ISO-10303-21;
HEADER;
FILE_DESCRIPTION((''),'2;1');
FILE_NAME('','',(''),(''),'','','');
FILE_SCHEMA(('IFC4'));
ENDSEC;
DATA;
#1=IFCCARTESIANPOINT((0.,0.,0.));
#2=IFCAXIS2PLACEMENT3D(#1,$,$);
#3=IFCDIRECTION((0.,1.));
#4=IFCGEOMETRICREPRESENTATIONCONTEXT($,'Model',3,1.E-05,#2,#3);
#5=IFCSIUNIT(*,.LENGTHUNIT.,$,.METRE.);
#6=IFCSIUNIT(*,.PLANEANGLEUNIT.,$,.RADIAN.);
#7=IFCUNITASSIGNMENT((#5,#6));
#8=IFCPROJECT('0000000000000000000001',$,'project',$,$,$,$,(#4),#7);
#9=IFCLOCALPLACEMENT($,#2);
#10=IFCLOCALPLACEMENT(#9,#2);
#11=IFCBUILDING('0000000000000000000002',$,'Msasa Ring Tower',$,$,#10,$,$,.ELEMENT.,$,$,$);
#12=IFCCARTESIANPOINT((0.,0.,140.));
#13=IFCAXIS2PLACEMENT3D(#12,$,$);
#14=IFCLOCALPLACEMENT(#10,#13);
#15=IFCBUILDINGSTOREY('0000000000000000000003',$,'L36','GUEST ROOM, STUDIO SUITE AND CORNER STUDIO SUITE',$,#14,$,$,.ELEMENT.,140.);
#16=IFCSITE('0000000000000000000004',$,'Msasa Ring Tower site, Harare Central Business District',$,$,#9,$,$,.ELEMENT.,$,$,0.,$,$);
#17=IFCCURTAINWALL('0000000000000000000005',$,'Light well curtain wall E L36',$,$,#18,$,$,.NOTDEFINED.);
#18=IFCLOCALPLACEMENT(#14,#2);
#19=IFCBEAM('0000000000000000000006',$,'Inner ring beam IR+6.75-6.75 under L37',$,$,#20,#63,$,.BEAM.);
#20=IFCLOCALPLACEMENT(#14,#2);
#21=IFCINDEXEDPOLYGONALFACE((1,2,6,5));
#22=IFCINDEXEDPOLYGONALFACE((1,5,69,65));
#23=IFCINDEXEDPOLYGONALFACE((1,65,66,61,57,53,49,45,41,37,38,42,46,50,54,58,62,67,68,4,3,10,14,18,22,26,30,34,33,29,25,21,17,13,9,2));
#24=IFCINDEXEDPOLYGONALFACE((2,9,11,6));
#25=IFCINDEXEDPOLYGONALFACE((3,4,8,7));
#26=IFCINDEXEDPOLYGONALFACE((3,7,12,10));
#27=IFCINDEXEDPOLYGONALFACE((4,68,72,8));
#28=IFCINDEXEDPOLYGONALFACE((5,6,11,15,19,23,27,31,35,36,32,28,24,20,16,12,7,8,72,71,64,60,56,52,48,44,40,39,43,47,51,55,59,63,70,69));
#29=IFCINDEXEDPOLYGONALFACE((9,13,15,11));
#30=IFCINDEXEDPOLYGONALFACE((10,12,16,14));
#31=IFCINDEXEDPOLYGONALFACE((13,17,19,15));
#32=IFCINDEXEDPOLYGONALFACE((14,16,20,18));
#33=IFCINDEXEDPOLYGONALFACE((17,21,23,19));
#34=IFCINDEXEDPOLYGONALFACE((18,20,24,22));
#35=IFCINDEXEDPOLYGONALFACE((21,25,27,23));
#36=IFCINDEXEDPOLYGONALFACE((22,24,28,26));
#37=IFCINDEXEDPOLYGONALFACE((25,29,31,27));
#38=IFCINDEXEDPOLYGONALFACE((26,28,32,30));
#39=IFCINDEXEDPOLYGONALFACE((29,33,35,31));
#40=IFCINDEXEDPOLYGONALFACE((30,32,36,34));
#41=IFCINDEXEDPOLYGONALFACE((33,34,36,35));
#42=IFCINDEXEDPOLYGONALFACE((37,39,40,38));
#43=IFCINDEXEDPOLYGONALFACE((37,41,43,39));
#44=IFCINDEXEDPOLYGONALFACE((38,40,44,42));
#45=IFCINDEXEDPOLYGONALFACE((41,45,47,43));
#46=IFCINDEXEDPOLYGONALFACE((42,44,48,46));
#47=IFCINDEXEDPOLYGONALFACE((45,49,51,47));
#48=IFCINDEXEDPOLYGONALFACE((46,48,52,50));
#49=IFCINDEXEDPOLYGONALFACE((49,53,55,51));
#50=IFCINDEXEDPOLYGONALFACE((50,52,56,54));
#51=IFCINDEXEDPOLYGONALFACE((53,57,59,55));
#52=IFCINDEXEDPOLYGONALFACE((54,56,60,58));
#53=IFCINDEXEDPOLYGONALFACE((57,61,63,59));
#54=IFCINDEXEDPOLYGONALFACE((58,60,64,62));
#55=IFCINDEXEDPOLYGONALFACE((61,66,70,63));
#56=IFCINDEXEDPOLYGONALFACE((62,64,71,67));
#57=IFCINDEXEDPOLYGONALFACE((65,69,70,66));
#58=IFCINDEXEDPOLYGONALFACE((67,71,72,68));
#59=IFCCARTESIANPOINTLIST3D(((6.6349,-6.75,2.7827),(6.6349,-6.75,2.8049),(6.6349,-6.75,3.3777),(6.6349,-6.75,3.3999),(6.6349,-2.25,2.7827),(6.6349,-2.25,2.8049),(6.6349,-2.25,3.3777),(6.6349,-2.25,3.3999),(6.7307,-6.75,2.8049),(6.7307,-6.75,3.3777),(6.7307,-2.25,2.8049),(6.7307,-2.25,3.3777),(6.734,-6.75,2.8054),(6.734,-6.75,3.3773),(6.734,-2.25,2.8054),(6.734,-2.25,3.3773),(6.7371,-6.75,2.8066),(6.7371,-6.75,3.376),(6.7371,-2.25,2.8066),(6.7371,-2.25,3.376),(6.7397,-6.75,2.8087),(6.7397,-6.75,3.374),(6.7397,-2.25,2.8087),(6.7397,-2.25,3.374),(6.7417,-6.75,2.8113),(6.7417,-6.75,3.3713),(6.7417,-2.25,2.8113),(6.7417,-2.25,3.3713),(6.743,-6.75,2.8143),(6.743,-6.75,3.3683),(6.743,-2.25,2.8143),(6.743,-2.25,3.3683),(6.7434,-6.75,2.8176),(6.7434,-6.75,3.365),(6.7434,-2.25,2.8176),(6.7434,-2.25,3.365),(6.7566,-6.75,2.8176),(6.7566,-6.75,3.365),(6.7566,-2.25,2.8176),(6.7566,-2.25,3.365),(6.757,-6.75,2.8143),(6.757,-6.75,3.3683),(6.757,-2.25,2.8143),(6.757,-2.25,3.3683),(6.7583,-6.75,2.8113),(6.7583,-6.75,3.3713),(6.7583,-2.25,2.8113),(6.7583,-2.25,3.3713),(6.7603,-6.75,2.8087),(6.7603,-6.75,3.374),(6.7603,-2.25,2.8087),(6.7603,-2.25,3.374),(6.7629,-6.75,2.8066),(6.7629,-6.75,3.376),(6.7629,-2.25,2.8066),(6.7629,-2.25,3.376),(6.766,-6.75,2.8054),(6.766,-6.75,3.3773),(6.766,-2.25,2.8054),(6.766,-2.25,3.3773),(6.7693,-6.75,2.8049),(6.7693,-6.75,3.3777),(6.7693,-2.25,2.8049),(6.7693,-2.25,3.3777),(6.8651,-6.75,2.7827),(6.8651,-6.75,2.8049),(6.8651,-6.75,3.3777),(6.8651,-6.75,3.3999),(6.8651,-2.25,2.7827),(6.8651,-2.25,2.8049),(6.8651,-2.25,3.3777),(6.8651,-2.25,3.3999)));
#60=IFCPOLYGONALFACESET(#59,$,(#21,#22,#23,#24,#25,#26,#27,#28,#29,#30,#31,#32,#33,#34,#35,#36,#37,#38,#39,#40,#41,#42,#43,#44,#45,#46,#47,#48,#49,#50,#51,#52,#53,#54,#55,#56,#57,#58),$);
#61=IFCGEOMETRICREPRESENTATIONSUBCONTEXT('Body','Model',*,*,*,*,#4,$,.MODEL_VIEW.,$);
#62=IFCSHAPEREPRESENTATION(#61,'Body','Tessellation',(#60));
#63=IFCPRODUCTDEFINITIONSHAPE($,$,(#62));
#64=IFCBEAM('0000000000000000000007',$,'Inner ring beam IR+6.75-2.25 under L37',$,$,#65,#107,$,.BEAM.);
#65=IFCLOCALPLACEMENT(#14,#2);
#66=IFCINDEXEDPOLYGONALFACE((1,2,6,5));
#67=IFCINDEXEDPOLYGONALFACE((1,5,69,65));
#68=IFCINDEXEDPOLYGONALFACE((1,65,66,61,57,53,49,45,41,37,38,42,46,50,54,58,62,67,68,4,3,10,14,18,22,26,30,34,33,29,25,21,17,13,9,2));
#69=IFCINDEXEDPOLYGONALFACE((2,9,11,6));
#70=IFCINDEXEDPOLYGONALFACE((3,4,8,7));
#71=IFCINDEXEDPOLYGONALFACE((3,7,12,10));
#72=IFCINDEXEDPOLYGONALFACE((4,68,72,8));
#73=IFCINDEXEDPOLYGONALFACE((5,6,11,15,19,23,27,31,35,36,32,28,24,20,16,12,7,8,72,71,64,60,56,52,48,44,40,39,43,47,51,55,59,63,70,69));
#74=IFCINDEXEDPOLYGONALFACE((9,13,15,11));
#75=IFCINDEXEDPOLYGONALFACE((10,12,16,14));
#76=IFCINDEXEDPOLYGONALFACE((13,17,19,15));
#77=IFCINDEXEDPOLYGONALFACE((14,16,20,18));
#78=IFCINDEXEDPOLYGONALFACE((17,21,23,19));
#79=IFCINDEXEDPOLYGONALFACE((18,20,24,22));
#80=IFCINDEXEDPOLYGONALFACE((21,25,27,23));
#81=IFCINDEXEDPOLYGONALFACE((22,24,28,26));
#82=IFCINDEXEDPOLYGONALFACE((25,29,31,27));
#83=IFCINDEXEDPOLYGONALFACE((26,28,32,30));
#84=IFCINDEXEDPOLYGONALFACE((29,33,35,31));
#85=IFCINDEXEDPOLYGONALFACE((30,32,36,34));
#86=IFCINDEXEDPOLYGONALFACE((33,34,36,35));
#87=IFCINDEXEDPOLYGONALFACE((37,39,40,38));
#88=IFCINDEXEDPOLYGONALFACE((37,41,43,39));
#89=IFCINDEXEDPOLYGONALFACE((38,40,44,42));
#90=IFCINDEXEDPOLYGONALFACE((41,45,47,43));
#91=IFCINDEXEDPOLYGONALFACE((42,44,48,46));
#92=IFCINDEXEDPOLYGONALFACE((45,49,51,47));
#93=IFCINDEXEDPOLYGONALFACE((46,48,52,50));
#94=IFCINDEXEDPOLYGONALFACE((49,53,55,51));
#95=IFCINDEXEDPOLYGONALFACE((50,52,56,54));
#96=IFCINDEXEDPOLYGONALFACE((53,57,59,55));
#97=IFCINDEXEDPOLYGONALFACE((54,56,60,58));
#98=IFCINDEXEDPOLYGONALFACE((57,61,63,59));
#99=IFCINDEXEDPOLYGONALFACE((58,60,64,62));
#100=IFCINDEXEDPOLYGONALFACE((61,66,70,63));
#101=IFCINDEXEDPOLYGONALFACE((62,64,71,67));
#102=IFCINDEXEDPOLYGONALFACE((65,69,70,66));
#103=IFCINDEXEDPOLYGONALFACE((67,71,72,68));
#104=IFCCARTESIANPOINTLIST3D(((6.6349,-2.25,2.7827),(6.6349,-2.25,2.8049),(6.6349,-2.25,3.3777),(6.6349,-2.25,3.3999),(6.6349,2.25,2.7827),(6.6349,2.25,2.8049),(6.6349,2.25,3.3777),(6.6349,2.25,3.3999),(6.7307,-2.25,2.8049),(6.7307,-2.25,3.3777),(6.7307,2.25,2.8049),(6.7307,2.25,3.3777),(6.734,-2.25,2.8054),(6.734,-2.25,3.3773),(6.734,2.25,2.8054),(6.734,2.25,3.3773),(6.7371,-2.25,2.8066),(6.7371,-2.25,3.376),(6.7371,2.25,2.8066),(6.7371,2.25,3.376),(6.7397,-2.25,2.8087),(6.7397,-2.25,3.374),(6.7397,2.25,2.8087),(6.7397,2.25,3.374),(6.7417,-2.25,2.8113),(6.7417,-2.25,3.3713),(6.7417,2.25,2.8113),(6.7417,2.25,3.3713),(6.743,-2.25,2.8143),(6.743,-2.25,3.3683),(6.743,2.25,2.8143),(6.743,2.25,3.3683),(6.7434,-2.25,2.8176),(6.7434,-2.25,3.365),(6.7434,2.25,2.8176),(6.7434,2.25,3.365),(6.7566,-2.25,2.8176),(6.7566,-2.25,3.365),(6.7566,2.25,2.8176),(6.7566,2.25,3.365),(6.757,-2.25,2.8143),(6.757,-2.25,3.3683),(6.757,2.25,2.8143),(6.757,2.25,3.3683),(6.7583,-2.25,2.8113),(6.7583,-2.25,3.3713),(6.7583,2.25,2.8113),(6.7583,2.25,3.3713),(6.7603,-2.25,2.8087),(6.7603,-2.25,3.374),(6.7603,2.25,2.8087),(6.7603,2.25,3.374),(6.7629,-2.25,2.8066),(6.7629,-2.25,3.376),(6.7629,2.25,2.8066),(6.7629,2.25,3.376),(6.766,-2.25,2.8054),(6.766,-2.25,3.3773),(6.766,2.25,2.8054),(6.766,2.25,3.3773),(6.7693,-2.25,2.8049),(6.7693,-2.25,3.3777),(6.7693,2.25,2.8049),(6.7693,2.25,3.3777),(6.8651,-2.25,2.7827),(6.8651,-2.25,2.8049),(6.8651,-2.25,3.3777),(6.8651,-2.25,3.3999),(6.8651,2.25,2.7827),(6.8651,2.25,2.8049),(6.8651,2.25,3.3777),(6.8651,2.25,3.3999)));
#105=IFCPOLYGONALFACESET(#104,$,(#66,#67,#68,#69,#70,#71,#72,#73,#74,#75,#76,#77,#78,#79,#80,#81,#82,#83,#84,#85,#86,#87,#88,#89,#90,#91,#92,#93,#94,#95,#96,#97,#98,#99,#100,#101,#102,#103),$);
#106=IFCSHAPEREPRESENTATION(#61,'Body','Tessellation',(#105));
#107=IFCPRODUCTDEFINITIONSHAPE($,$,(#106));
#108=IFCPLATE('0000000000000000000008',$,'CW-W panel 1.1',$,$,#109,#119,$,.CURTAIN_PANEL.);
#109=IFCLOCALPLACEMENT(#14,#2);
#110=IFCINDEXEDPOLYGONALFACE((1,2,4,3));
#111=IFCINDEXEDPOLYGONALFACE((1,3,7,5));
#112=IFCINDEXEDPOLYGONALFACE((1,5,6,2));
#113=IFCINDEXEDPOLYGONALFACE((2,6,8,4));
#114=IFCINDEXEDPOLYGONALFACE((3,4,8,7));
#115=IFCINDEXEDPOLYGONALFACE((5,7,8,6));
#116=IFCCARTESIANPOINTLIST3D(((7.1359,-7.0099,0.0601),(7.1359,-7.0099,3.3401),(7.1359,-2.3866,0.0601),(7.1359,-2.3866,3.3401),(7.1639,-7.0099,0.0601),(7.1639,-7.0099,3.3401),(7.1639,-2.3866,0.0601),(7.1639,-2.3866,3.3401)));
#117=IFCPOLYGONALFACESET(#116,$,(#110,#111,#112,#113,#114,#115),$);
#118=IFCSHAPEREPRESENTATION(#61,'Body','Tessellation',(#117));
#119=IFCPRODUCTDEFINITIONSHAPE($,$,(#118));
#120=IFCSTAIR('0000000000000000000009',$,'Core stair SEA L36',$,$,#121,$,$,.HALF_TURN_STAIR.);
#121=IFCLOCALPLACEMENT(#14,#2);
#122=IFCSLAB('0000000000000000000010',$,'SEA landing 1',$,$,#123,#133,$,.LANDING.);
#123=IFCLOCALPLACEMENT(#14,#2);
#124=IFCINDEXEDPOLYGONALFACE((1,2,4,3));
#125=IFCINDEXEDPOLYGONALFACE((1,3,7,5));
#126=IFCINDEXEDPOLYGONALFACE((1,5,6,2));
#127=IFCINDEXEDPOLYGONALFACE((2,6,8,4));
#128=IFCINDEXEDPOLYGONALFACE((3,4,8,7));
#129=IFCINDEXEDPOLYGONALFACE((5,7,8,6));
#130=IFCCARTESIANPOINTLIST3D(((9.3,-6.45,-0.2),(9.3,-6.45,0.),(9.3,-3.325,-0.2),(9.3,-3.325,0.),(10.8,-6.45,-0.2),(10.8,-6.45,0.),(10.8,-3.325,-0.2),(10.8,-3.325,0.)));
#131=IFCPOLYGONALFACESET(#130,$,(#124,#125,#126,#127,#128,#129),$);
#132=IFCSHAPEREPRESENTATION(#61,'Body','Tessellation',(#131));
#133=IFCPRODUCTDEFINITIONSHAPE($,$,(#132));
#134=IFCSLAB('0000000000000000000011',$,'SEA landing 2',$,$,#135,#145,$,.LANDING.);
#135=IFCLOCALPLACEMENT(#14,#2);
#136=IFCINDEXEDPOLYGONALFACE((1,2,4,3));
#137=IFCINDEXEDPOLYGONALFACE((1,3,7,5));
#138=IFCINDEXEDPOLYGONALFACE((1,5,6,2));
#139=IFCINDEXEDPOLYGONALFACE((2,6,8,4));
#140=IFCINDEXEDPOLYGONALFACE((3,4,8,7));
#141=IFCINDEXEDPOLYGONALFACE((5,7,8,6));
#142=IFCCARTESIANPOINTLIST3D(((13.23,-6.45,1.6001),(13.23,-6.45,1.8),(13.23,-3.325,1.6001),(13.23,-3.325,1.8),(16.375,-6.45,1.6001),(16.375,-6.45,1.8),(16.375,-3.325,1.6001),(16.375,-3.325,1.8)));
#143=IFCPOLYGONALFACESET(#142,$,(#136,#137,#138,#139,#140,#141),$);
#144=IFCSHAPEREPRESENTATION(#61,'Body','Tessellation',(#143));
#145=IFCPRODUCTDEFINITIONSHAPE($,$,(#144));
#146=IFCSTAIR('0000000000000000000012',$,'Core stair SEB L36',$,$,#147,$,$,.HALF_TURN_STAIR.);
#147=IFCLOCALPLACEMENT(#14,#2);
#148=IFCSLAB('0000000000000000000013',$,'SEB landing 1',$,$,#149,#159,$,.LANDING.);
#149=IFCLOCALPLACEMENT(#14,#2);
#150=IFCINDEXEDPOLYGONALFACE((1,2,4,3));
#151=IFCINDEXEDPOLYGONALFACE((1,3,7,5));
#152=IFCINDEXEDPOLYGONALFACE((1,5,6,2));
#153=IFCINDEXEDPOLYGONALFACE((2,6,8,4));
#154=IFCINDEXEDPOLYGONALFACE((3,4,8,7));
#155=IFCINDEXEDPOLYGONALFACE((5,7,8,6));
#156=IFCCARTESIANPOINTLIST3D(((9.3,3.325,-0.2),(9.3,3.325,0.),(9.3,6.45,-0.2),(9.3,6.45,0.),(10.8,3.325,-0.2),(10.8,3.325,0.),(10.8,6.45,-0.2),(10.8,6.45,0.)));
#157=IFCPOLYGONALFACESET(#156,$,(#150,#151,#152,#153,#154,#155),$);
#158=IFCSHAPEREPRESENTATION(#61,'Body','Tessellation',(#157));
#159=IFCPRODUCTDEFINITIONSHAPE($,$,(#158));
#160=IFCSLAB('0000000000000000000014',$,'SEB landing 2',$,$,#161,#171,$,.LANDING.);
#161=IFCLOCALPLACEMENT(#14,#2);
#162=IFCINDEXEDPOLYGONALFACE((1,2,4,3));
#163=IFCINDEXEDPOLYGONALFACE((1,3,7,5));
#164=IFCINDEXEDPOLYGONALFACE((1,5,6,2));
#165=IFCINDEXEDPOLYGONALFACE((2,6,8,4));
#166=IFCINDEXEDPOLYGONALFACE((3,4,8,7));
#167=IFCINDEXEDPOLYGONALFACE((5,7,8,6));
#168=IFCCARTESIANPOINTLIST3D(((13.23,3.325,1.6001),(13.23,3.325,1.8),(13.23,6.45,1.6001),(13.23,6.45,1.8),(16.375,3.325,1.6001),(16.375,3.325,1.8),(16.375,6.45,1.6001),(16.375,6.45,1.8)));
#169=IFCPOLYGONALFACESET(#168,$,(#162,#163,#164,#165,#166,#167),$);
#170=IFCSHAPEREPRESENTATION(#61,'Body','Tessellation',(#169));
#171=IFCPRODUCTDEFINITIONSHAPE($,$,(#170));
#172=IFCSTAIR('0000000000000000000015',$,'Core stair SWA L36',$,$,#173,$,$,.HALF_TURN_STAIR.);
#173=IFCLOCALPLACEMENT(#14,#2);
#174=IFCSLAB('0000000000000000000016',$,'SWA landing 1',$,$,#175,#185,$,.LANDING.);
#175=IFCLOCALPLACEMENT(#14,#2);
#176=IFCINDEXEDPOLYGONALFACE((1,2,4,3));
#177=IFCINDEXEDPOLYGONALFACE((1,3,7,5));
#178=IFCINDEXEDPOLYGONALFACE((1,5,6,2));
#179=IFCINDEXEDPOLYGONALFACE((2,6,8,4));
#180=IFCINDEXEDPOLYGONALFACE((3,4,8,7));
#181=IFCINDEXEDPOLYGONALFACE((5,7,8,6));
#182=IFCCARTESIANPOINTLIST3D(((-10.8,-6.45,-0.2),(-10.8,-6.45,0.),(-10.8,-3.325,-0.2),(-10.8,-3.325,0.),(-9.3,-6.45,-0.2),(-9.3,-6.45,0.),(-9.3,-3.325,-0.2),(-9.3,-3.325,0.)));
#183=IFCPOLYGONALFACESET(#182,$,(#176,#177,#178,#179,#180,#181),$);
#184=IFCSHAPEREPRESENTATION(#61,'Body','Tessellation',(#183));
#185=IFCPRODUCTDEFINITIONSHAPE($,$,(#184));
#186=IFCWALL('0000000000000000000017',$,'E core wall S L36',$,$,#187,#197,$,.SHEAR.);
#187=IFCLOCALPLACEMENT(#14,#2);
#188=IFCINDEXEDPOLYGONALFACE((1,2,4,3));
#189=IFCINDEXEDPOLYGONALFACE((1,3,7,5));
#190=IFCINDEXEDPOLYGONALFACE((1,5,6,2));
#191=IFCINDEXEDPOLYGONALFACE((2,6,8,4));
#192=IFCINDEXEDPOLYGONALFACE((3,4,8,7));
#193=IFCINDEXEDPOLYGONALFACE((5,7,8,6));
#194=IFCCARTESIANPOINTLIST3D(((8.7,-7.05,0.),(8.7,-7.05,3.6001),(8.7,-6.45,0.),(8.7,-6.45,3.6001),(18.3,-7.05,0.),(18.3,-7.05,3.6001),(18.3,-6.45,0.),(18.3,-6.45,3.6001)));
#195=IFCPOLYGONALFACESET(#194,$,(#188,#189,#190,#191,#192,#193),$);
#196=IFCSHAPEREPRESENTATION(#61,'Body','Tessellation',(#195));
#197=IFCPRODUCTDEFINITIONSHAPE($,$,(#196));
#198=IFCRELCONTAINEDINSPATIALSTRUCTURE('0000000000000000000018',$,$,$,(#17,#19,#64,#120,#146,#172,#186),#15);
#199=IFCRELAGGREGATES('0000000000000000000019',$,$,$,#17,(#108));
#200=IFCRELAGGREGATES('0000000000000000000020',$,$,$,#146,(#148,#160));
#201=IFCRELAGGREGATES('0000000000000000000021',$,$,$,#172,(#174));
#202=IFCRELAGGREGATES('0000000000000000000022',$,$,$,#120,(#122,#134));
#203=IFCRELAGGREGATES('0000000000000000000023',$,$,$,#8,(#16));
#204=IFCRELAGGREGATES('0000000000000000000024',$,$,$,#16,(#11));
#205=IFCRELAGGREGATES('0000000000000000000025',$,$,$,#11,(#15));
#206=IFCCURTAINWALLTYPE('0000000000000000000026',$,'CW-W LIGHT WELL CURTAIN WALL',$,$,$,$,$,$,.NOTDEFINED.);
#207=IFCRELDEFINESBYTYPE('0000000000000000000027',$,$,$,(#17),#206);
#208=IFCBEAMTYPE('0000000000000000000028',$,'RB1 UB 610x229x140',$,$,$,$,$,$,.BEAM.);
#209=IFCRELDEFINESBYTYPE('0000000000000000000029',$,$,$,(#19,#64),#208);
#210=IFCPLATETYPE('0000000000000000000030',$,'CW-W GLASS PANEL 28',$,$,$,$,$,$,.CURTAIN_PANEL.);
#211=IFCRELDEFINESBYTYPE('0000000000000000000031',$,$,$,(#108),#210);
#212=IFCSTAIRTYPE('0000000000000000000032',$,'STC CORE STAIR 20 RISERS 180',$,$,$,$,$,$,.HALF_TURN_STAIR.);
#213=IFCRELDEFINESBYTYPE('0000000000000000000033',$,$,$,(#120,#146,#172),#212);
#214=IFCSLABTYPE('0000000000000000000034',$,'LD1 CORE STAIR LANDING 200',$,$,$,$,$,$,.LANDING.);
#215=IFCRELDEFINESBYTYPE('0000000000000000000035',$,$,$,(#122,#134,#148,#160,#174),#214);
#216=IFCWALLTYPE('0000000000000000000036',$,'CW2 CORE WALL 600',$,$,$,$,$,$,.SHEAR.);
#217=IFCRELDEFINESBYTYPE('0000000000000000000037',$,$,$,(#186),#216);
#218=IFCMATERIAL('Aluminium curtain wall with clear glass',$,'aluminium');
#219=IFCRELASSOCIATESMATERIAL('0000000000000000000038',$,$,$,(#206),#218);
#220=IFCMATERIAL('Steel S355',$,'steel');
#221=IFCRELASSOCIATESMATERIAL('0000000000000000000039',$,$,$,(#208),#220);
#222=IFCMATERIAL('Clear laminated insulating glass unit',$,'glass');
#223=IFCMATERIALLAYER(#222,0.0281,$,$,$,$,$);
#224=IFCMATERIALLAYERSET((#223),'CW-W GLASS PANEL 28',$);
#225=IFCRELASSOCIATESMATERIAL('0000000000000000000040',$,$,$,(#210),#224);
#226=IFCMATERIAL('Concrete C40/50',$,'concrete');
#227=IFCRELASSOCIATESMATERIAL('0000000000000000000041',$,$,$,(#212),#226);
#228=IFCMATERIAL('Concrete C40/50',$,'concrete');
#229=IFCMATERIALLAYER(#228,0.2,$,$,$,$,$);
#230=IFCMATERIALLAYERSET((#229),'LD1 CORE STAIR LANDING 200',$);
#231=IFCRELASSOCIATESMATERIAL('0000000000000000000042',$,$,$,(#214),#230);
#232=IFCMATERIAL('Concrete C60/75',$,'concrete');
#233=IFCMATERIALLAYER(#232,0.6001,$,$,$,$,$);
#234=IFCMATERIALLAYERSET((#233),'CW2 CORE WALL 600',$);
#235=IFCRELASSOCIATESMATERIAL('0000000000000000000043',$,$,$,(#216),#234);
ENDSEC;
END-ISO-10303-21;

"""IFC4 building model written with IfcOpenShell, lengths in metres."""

from ifc_helpers import new_model, si_unit, direction, frame, frame_2d, origin, origin_2d, place, context, subcontext, project, spatial, polyline, rectangle, i_section, outline, extrude, material, layer, layer_set, material_profile, profile_set, type_object, element, aggregate, save


model = new_model("IFC4")

# Units and contexts
model_context = context("Model", 3, precision=1e-05, world=origin(), true_north=direction((0.0, 1.0)))
body_context = subcontext(model_context, "Body", "Model", "MODEL_VIEW")
ifc_project = project(units=[si_unit("LENGTHUNIT", "METRE"), si_unit("PLANEANGLEUNIT", "RADIAN")], contexts=[model_context])

# Site, building, storey
site_placement = place(None, origin())
site = spatial("IfcSite", under=ifc_project, at=site_placement, Name="Msasa Ring Tower site, Harare Central Business District", CompositionType="ELEMENT", RefElevation=0.0)
building_placement = place(site_placement, origin())
building = spatial("IfcBuilding", under=site, at=building_placement, Name="Msasa Ring Tower", CompositionType="ELEMENT")
storey_placement = place(building_placement, frame((0.0, 0.0, 140.0)))
storey = spatial("IfcBuildingStorey", under=building, at=storey_placement, Name="L36", Description="GUEST ROOM, STUDIO SUITE AND CORNER STUDIO SUITE", CompositionType="ELEMENT", Elevation=140.0)

# Curtain wall
ifc_material_1 = material(Name="Aluminium curtain wall with clear glass", Category="aluminium")
curtain_wall_type = type_object("IfcCurtainWallType", Name="CW-W LIGHT WELL CURTAIN WALL", PredefinedType="NOTDEFINED", material=ifc_material_1)
curtain_wall_placement = place(storey_placement, origin())
curtain_wall = element("IfcCurtainWall", 1, at=curtain_wall_placement, inside=storey, type_object=curtain_wall_type, Name="Light well curtain wall E L36", PredefinedType="NOTDEFINED")

# Beams
ifc_material_2 = material(Name="Steel S355", Category="steel")
ifc_material_profile_1 = material_profile(ifc_material_2, i_section(OverallWidth=0.2302, OverallDepth=0.6172, WebThickness=0.0132, FlangeThickness=0.0222, FilletRadius=0.0127, at=origin_2d()), Name="UB 610x229x140")
ifc_profile_set_1 = profile_set([ifc_material_profile_1], Name="Steel S355")
beam_type = type_object("IfcBeamType", Name="RB1 UB 610x229x140", PredefinedType="BEAM", material=ifc_profile_set_1)
for number, where, z_axis, x_axis, name in (
    (2, (6.75, -6.75, 3.0913), (0.0, 1.0, 0.0), (-1.0, 0.0, 0.0), "Inner ring beam IR+6.75-6.75 under L37"),
    (3, (6.75, -2.25, 3.0913), (0.0, 1.0, 0.0), (-1.0, 0.0, 0.0), "Inner ring beam IR+6.75-2.25 under L37"),
):
    element("IfcBeam", number, at=place(storey_placement, frame(where, z_axis=z_axis, x_axis=x_axis)), inside=storey, type_object=beam_type, Name=name, PredefinedType="BEAM", context=body_context, shape_type="SweptSolid", body=[
        extrude(i_section(OverallWidth=0.2302, OverallDepth=0.6172, WebThickness=0.0132, FlangeThickness=0.0222, FilletRadius=0.0127, at=origin_2d()), origin(), (0.0, 0.0, 1.0), 4.5),
    ])

# Plate
ifc_material_3 = material(Name="Clear laminated insulating glass unit", Category="glass")
ifc_layer_1 = layer(ifc_material_3, 0.0281)
ifc_layer_set_1 = layer_set([ifc_layer_1], Name="CW-W GLASS PANEL 28")
plate_type = type_object("IfcPlateType", Name="CW-W GLASS PANEL 28", PredefinedType="CURTAIN_PANEL", material=ifc_layer_set_1)
plate_placement = place(storey_placement, frame((7.1499, -4.6982, 0.0601), z_axis=(0.0, 0.0, 1.0), x_axis=(0.0, 1.0, 0.0)))
plate = element("IfcPlate", 4, at=plate_placement, type_object=plate_type, Name="CW-W panel 1.1", PredefinedType="CURTAIN_PANEL", context=body_context, shape_type="SweptSolid", body=[
    extrude(rectangle(XDim=4.6233, YDim=0.0281, at=origin_2d()), origin(), (0.0, 0.0, 1.0), 3.28),
])
aggregate(curtain_wall, [plate])

# Stairs, slabs
ifc_material_4 = material(Name="Concrete C40/50", Category="concrete")
stair_type = type_object("IfcStairType", Name="STC CORE STAIR 20 RISERS 180", PredefinedType="HALF_TURN_STAIR", material=ifc_material_4)
stair_1_placement = place(storey_placement, origin())
stair_1 = element("IfcStair", 5, at=stair_1_placement, inside=storey, type_object=stair_type, Name="Core stair SEA L36", PredefinedType="HALF_TURN_STAIR")
ifc_material_5 = material(Name="Concrete C40/50", Category="concrete")
ifc_layer_2 = layer(ifc_material_5, 0.2)
ifc_layer_set_2 = layer_set([ifc_layer_2], Name="LD1 CORE STAIR LANDING 200")
slab_type = type_object("IfcSlabType", Name="LD1 CORE STAIR LANDING 200", PredefinedType="LANDING", material=ifc_layer_set_2)
slab_1_placement = place(storey_placement, frame((0.0, 0.0, -0.2)))
slab_1 = element("IfcSlab", 6, at=slab_1_placement, type_object=slab_type, Name="SEA landing 1", PredefinedType="LANDING", context=body_context, shape_type="SweptSolid", body=[
    extrude(outline(polyline([(9.3, -6.45), (10.8, -6.45), (10.8, -3.325), (9.3, -3.325), (9.3, -6.45)])), origin(), (0.0, 0.0, 1.0), 0.2),
])
slab_2_placement = place(storey_placement, frame((0.0, 0.0, 1.6001)))
slab_2 = element("IfcSlab", 7, at=slab_2_placement, type_object=slab_type, Name="SEA landing 2", PredefinedType="LANDING", context=body_context, shape_type="SweptSolid", body=[
    extrude(outline(polyline([(13.23, -6.45), (16.375, -6.45), (16.375, -3.325), (13.23, -3.325), (13.23, -6.45)])), origin(), (0.0, 0.0, 1.0), 0.2),
])
stair_2_placement = place(storey_placement, origin())
stair_2 = element("IfcStair", 8, at=stair_2_placement, inside=storey, type_object=stair_type, Name="Core stair SEB L36", PredefinedType="HALF_TURN_STAIR")
slab_3_placement = place(storey_placement, frame((0.0, 0.0, -0.2)))
slab_3 = element("IfcSlab", 9, at=slab_3_placement, type_object=slab_type, Name="SEB landing 1", PredefinedType="LANDING", context=body_context, shape_type="SweptSolid", body=[
    extrude(outline(polyline([(9.3, 3.325), (10.8, 3.325), (10.8, 6.45), (9.3, 6.45), (9.3, 3.325)])), origin(), (0.0, 0.0, 1.0), 0.2),
])
slab_4_placement = place(storey_placement, frame((0.0, 0.0, 1.6001)))
slab_4 = element("IfcSlab", 10, at=slab_4_placement, type_object=slab_type, Name="SEB landing 2", PredefinedType="LANDING", context=body_context, shape_type="SweptSolid", body=[
    extrude(outline(polyline([(13.23, 3.325), (16.375, 3.325), (16.375, 6.45), (13.23, 6.45), (13.23, 3.325)])), origin(), (0.0, 0.0, 1.0), 0.2),
])
aggregate(stair_2, [slab_3, slab_4])

# Stair, slab
stair_3_placement = place(storey_placement, origin())
stair_3 = element("IfcStair", 11, at=stair_3_placement, inside=storey, type_object=stair_type, Name="Core stair SWA L36", PredefinedType="HALF_TURN_STAIR")
slab_5_placement = place(storey_placement, frame((0.0, 0.0, -0.2)))
slab_5 = element("IfcSlab", 12, at=slab_5_placement, type_object=slab_type, Name="SWA landing 1", PredefinedType="LANDING", context=body_context, shape_type="SweptSolid", body=[
    extrude(outline(polyline([(-10.8, -6.45), (-9.3, -6.45), (-9.3, -3.325), (-10.8, -3.325), (-10.8, -6.45)])), origin(), (0.0, 0.0, 1.0), 0.2),
])
aggregate(stair_3, [slab_5])

# Wall
ifc_material_6 = material(Name="Concrete C60/75", Category="concrete")
ifc_layer_3 = layer(ifc_material_6, 0.6001)
ifc_layer_set_3 = layer_set([ifc_layer_3], Name="CW2 CORE WALL 600")
wall_type_1 = type_object("IfcWallType", Name="CW2 CORE WALL 600", PredefinedType="SHEAR", material=ifc_layer_set_3)
wall_1_placement = place(storey_placement, frame((8.7, -6.75, 0.0), z_axis=(0.0, 0.0, 1.0), x_axis=(1.0, 0.0, 0.0)))
element("IfcWall", 13, at=wall_1_placement, inside=storey, type_object=wall_type_1, Name="E core wall S L36", PredefinedType="SHEAR", context=body_context, shape_type="SweptSolid", body=[
    extrude(rectangle(XDim=9.6001, YDim=0.6001, at=frame_2d((4.8, 0.0))), origin(), (0.0, 0.0, 1.0), 3.6001),
])

aggregate(stair_1, [slab_1, slab_2])

save(model, "model.ifc")
